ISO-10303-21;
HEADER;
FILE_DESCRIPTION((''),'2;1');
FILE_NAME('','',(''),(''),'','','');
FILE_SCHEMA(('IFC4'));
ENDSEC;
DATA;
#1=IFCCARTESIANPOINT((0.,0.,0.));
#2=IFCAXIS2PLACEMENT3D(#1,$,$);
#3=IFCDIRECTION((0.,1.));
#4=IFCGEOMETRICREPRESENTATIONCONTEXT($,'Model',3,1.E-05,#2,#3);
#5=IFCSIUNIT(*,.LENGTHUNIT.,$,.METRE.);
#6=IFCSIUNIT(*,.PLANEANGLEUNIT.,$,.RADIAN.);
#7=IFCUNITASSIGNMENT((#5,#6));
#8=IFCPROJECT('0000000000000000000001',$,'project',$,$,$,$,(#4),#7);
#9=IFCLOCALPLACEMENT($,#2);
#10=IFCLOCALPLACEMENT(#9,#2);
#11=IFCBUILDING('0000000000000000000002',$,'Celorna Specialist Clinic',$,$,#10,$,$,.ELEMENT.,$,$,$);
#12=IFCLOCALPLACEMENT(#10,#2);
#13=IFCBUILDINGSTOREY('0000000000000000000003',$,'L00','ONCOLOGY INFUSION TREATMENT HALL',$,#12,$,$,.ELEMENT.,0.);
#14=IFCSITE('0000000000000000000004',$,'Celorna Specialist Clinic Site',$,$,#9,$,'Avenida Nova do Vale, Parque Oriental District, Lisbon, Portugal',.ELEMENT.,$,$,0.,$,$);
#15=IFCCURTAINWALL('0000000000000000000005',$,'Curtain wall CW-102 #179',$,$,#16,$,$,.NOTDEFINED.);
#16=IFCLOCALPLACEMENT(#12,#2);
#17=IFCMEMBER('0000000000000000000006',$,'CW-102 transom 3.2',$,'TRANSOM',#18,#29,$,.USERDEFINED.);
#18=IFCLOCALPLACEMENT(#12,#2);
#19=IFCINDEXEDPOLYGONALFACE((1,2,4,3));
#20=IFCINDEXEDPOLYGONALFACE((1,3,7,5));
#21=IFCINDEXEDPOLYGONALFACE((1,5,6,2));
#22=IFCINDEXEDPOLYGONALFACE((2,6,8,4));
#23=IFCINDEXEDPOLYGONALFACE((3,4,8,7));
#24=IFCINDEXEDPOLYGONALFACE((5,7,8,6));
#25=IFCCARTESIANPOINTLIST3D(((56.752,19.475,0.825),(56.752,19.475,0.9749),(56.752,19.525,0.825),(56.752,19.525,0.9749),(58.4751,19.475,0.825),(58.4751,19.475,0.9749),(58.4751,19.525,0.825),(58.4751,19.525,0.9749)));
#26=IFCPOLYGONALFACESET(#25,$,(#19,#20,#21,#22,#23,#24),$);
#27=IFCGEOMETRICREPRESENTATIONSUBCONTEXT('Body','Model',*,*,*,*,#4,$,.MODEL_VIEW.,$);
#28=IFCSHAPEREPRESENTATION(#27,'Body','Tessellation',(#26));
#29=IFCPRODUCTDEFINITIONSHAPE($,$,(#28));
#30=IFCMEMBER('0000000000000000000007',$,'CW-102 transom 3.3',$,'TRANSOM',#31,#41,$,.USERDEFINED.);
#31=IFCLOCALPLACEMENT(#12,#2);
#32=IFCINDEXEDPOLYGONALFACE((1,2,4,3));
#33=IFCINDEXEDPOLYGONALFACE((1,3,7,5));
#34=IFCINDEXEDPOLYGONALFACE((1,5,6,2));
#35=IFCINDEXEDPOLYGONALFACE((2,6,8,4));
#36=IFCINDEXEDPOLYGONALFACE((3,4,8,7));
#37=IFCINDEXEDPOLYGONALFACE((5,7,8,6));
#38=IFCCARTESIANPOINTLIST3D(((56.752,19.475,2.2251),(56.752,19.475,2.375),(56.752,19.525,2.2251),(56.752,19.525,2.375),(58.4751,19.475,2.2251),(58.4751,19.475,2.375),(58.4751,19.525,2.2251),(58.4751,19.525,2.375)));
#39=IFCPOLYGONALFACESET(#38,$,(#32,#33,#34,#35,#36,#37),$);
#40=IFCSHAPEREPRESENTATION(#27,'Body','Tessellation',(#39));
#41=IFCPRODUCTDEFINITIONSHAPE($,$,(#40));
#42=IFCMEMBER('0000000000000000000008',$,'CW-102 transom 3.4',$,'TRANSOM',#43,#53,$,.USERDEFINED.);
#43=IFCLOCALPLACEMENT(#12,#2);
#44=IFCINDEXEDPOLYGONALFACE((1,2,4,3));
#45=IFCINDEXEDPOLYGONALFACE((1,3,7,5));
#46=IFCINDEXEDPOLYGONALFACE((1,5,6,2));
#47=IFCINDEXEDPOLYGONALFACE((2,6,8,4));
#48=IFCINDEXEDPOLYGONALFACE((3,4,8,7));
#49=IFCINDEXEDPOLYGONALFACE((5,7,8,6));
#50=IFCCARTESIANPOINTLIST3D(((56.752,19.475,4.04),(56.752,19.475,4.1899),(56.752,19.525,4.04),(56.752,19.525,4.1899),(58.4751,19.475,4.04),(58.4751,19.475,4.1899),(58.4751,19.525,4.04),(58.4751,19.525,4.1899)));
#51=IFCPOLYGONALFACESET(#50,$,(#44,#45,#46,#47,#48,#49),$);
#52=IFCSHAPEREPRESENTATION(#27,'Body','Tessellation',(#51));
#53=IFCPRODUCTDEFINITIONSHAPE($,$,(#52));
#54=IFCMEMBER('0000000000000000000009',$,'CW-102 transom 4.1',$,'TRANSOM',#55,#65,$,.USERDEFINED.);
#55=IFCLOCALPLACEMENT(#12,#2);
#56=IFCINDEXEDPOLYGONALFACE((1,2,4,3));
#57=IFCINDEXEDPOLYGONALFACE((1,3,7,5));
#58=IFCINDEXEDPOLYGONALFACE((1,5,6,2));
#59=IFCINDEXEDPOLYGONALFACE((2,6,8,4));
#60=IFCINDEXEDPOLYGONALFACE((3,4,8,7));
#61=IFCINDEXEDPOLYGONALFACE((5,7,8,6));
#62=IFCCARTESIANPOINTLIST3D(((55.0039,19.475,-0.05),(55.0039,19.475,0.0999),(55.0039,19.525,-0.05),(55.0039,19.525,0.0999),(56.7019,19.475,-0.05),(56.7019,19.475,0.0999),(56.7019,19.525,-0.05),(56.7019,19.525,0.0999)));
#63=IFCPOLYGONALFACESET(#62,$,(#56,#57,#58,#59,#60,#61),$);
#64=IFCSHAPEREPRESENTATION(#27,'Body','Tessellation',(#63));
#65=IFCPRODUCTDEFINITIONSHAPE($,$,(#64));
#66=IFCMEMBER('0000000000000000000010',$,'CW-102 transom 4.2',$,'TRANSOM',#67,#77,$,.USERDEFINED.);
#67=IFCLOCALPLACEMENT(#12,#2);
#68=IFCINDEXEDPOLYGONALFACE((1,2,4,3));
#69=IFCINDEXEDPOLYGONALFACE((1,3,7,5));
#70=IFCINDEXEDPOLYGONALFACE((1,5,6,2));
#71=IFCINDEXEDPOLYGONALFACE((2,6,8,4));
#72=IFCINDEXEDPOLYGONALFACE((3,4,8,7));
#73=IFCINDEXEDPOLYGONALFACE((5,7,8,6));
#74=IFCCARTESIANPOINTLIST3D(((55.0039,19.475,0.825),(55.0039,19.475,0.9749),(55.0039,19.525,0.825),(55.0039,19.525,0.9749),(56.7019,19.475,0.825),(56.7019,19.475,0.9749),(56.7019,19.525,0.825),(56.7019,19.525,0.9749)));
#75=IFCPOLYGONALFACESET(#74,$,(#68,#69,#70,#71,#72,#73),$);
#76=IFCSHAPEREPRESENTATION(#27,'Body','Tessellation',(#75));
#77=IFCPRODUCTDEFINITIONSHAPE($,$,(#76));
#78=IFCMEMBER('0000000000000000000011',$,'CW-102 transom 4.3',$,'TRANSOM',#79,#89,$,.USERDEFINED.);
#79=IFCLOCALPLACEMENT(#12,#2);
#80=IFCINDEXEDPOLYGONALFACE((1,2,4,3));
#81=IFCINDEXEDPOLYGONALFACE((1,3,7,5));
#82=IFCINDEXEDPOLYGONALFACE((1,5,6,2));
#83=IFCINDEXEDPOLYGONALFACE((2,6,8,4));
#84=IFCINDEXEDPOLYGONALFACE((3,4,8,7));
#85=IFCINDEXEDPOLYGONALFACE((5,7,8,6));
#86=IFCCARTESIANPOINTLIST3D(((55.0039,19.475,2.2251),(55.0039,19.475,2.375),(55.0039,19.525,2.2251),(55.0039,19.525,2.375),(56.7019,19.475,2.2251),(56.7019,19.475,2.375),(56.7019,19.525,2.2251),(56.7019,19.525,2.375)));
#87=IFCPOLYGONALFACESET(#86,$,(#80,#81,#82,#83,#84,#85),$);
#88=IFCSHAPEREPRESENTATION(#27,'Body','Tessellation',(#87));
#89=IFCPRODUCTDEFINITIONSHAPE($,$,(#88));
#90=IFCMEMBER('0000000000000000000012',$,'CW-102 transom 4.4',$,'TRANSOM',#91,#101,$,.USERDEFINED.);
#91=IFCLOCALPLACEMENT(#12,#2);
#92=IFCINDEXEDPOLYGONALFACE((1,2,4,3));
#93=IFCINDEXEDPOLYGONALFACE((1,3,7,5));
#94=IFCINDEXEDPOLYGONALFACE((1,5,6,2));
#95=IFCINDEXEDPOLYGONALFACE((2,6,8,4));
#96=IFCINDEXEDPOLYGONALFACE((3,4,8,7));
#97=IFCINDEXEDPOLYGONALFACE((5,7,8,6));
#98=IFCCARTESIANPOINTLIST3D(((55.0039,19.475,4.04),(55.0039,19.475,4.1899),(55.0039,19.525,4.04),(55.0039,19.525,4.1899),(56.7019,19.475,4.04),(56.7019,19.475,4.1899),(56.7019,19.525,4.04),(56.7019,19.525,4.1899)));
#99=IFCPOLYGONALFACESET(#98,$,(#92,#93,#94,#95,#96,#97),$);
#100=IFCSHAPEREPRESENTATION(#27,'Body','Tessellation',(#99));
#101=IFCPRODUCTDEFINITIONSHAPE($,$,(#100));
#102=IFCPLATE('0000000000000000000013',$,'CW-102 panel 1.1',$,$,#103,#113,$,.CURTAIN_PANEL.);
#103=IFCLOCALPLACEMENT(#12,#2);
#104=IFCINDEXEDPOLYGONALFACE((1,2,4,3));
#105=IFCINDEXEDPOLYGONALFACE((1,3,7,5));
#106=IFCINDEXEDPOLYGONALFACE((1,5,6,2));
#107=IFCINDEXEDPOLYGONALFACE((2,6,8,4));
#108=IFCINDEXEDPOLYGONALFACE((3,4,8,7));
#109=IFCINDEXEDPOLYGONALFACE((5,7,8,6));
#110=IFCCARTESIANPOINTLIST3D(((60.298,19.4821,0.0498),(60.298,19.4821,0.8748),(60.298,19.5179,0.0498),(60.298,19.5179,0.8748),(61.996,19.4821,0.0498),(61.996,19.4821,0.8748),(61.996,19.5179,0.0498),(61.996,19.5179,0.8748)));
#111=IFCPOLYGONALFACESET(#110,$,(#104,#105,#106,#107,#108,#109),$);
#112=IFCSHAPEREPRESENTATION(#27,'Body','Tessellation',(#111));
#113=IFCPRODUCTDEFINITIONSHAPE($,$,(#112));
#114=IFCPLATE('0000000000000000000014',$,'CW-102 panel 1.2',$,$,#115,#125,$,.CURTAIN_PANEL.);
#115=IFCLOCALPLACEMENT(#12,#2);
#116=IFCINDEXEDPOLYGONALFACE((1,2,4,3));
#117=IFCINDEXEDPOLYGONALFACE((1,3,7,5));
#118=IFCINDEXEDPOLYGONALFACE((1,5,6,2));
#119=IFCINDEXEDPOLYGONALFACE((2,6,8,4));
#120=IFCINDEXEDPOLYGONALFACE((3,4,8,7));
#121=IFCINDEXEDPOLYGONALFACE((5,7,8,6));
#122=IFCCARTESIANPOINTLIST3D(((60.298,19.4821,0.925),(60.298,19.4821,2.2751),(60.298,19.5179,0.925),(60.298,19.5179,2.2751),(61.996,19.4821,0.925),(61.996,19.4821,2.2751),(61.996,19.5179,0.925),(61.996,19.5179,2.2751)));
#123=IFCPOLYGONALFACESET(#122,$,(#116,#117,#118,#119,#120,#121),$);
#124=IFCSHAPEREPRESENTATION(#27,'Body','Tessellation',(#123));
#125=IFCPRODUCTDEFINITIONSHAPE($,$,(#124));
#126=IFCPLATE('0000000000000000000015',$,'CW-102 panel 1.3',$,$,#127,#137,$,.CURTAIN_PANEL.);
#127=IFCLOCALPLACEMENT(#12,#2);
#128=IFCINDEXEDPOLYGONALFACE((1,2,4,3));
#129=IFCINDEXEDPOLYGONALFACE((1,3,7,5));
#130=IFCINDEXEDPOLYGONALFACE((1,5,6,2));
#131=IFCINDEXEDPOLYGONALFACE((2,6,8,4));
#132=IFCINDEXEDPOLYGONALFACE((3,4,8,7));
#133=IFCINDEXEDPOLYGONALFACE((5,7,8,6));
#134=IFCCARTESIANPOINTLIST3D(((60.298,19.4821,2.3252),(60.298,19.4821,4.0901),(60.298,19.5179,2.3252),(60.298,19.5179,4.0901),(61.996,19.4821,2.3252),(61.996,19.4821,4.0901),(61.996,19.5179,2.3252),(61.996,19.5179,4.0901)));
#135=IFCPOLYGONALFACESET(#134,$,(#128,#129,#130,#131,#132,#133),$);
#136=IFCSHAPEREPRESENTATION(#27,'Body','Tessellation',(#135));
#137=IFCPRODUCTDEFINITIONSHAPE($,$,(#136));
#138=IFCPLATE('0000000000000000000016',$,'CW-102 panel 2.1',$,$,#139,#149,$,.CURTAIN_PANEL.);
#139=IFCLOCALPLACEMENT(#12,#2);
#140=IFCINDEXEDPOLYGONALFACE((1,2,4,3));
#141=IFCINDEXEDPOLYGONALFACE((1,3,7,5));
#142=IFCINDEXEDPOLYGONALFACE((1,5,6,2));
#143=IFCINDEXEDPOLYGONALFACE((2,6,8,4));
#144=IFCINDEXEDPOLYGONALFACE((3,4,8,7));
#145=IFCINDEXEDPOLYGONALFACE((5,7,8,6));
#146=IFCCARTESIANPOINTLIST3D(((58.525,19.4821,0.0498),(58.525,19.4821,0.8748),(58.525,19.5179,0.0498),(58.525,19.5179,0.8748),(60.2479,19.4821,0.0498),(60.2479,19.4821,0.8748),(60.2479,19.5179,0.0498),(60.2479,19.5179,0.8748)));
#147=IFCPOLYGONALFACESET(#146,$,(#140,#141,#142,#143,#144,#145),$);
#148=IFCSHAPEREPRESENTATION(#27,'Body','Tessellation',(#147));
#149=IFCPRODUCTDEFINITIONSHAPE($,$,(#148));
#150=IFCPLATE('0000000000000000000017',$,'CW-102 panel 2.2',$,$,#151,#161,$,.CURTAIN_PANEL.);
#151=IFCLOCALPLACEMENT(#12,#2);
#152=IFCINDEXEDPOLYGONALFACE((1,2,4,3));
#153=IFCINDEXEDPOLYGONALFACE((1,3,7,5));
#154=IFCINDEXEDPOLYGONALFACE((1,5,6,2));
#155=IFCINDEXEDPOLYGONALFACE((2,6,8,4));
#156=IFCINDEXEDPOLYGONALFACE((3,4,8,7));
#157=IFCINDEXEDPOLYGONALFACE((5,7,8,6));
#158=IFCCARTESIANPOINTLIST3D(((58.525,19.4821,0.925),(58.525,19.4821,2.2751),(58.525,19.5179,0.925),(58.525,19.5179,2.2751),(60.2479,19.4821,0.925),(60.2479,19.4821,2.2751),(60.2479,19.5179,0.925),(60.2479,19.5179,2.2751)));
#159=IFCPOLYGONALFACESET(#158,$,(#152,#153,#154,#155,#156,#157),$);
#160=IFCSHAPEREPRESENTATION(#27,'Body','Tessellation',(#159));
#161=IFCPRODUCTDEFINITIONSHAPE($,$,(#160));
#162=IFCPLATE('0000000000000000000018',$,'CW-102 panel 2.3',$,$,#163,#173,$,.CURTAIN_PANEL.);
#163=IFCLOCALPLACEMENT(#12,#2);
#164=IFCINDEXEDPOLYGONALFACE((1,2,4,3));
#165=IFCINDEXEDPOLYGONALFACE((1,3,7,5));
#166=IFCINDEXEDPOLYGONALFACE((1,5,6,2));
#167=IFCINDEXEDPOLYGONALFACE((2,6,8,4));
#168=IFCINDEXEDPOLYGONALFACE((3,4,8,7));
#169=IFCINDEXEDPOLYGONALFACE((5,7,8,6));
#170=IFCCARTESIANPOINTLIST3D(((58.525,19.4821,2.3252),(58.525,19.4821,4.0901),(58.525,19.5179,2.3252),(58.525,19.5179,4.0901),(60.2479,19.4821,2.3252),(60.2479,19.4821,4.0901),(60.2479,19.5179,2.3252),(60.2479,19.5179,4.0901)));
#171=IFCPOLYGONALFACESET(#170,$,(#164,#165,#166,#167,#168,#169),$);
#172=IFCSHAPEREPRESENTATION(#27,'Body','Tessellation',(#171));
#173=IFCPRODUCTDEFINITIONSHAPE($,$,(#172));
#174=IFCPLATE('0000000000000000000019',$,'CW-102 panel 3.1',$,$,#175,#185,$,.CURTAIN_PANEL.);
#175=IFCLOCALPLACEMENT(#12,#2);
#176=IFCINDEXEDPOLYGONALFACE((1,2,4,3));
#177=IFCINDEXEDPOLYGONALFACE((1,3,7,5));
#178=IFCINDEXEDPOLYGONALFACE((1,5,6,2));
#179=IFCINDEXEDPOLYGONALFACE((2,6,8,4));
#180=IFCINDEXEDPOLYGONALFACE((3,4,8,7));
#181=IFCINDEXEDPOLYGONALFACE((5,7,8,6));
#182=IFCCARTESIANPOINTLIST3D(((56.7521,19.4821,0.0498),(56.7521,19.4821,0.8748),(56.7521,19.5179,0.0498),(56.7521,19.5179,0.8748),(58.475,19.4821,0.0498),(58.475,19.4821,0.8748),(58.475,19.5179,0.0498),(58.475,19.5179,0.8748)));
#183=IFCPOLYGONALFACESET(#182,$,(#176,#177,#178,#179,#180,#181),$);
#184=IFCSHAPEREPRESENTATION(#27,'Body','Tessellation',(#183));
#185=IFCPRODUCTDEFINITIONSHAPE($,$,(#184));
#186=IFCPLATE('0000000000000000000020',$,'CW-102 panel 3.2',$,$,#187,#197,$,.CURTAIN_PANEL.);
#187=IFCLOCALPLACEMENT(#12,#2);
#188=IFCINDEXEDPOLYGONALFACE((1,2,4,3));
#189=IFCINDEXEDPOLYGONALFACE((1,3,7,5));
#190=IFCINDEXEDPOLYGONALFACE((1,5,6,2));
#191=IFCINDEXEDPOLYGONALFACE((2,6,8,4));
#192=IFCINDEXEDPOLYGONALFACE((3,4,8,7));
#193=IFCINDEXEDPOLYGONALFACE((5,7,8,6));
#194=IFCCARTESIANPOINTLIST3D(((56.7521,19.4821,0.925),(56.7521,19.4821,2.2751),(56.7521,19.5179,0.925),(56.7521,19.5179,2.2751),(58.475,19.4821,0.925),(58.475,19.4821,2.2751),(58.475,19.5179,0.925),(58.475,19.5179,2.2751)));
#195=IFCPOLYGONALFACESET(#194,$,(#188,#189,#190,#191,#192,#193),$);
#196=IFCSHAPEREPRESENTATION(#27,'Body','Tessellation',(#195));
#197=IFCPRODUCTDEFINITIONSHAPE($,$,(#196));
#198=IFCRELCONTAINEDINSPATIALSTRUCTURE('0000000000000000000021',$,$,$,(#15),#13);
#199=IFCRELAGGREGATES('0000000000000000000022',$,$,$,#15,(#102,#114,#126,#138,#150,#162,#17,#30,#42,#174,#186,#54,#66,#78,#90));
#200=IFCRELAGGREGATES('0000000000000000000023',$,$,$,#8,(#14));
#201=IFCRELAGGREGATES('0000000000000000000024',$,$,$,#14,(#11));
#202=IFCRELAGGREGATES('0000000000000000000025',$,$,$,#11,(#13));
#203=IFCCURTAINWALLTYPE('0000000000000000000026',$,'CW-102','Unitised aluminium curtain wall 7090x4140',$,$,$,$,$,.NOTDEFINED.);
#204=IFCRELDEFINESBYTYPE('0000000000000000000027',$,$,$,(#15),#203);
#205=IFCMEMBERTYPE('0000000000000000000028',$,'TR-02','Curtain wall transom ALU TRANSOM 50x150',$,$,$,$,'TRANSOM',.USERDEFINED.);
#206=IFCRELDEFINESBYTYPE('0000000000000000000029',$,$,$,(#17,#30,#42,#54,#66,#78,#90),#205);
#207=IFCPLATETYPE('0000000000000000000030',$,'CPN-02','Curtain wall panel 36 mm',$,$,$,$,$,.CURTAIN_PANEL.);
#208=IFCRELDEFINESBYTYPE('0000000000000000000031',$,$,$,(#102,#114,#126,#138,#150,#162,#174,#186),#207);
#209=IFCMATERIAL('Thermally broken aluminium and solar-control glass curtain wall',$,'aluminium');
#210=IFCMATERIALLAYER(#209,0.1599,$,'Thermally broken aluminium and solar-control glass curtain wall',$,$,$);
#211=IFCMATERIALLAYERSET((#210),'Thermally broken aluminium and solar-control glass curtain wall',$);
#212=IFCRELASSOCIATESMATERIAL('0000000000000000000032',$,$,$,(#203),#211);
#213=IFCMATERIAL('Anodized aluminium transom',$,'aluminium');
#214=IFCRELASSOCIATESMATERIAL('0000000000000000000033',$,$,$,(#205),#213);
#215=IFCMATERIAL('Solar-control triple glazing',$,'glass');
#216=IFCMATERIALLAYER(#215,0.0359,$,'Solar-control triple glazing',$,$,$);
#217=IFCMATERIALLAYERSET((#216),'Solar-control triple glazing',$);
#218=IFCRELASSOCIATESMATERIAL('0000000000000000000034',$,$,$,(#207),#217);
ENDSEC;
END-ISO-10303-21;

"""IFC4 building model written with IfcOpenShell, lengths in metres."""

from ifc_helpers import new_model, si_unit, direction, frame, origin, origin_2d, place, context, subcontext, project, spatial, rectangle, extrude, material, layer, layer_set, material_profile, profile_set, type_object, element, aggregate, save


model = new_model("IFC4")

# Units and contexts
model_context = context("Model", 3, precision=1e-05, world=origin(), true_north=direction((0.0, 1.0)))
body_context = subcontext(model_context, "Body", "Model", "MODEL_VIEW")
ifc_project = project(units=[si_unit("LENGTHUNIT", "METRE"), si_unit("PLANEANGLEUNIT", "RADIAN")], contexts=[model_context])

# Site, building, storey
site_placement = place(None, origin())
site = spatial("IfcSite", under=ifc_project, at=site_placement, Name="Celorna Specialist Clinic Site", LongName="Avenida Nova do Vale, Parque Oriental District, Lisbon, Portugal", CompositionType="ELEMENT", RefElevation=0.0)
building_placement = place(site_placement, origin())
building = spatial("IfcBuilding", under=site, at=building_placement, Name="Celorna Specialist Clinic", CompositionType="ELEMENT")
storey_placement = place(building_placement, origin())
storey = spatial("IfcBuildingStorey", under=building, at=storey_placement, Name="L00", Description="ONCOLOGY INFUSION TREATMENT HALL", CompositionType="ELEMENT", Elevation=0.0)

# Curtain wall, members, plates
ifc_material_1 = material(Name="Thermally broken aluminium and solar-control glass curtain wall", Category="aluminium")
ifc_layer_1 = layer(ifc_material_1, 0.1599, Name="Thermally broken aluminium and solar-control glass curtain wall")
ifc_layer_set_1 = layer_set([ifc_layer_1], Name="Thermally broken aluminium and solar-control glass curtain wall")
curtain_wall_type = type_object("IfcCurtainWallType", Name="CW-102", Description="Unitised aluminium curtain wall 7090x4140", PredefinedType="NOTDEFINED", material=ifc_layer_set_1)
curtain_wall_placement = place(storey_placement, origin())
curtain_wall = element("IfcCurtainWall", 1, at=curtain_wall_placement, inside=storey, type_object=curtain_wall_type, Name="Curtain wall CW-102 #179", PredefinedType="NOTDEFINED")
ifc_material_2 = material(Name="Anodized aluminium transom", Category="aluminium")
ifc_material_profile_1 = material_profile(ifc_material_2, rectangle(XDim=0.05, YDim=0.1499, at=origin_2d()), Name="ALU TRANSOM 50x150")
ifc_profile_set_1 = profile_set([ifc_material_profile_1], Name="Anodized aluminium transom")
member_type_1 = type_object("IfcMemberType", Name="TR-02", Description="Curtain wall transom ALU TRANSOM 50x150", ElementType="TRANSOM", PredefinedType="USERDEFINED", material=ifc_profile_set_1)
member_1_placement = place(storey_placement, frame((58.4751, 19.5, 0.8999), z_axis=(-1.0, 0.0, 0.0), x_axis=(0.0, -1.0, 0.0)))
member_1 = element("IfcMember", 2, at=member_1_placement, type_object=member_type_1, Name="CW-102 transom 3.2", ObjectType="TRANSOM", PredefinedType="USERDEFINED", context=body_context, shape_type="SweptSolid", body=[
    extrude(rectangle(XDim=0.05, YDim=0.1499, at=origin_2d()), origin(), (0.0, 0.0, 1.0), 1.7231),
])
member_2_placement = place(storey_placement, frame((58.4751, 19.5, 2.3), z_axis=(-1.0, 0.0, 0.0), x_axis=(0.0, -1.0, 0.0)))
member_2 = element("IfcMember", 3, at=member_2_placement, type_object=member_type_1, Name="CW-102 transom 3.3", ObjectType="TRANSOM", PredefinedType="USERDEFINED", context=body_context, shape_type="SweptSolid", body=[
    extrude(rectangle(XDim=0.05, YDim=0.1499, at=origin_2d()), origin(), (0.0, 0.0, 1.0), 1.7231),
])
member_3_placement = place(storey_placement, frame((58.4751, 19.5, 4.115), z_axis=(-1.0, 0.0, 0.0), x_axis=(0.0, -1.0, 0.0)))
member_3 = element("IfcMember", 4, at=member_3_placement, type_object=member_type_1, Name="CW-102 transom 3.4", ObjectType="TRANSOM", PredefinedType="USERDEFINED", context=body_context, shape_type="SweptSolid", body=[
    extrude(rectangle(XDim=0.05, YDim=0.1499, at=origin_2d()), origin(), (0.0, 0.0, 1.0), 1.7231),
])
member_4_placement = place(storey_placement, frame((56.7019, 19.5, 0.0249), z_axis=(-1.0, 0.0, 0.0), x_axis=(0.0, -1.0, 0.0)))
member_4 = element("IfcMember", 5, at=member_4_placement, type_object=member_type_1, Name="CW-102 transom 4.1", ObjectType="TRANSOM", PredefinedType="USERDEFINED", context=body_context, shape_type="SweptSolid", body=[
    extrude(rectangle(XDim=0.05, YDim=0.1499, at=origin_2d()), origin(), (0.0, 0.0, 1.0), 1.698),
])
member_5_placement = place(storey_placement, frame((56.7019, 19.5, 0.8999), z_axis=(-1.0, 0.0, 0.0), x_axis=(0.0, -1.0, 0.0)))
member_5 = element("IfcMember", 6, at=member_5_placement, type_object=member_type_1, Name="CW-102 transom 4.2", ObjectType="TRANSOM", PredefinedType="USERDEFINED", context=body_context, shape_type="SweptSolid", body=[
    extrude(rectangle(XDim=0.05, YDim=0.1499, at=origin_2d()), origin(), (0.0, 0.0, 1.0), 1.698),
])
member_6_placement = place(storey_placement, frame((56.7019, 19.5, 2.3), z_axis=(-1.0, 0.0, 0.0), x_axis=(0.0, -1.0, 0.0)))
member_6 = element("IfcMember", 7, at=member_6_placement, type_object=member_type_1, Name="CW-102 transom 4.3", ObjectType="TRANSOM", PredefinedType="USERDEFINED", context=body_context, shape_type="SweptSolid", body=[
    extrude(rectangle(XDim=0.05, YDim=0.1499, at=origin_2d()), origin(), (0.0, 0.0, 1.0), 1.698),
])
member_7_placement = place(storey_placement, frame((56.7019, 19.5, 4.115), z_axis=(-1.0, 0.0, 0.0), x_axis=(0.0, -1.0, 0.0)))
member_7 = element("IfcMember", 8, at=member_7_placement, type_object=member_type_1, Name="CW-102 transom 4.4", ObjectType="TRANSOM", PredefinedType="USERDEFINED", context=body_context, shape_type="SweptSolid", body=[
    extrude(rectangle(XDim=0.05, YDim=0.1499, at=origin_2d()), origin(), (0.0, 0.0, 1.0), 1.698),
])
ifc_material_3 = material(Name="Solar-control triple glazing", Category="glass")
ifc_layer_2 = layer(ifc_material_3, 0.0359, Name="Solar-control triple glazing")
ifc_layer_set_2 = layer_set([ifc_layer_2], Name="Solar-control triple glazing")
plate_type = type_object("IfcPlateType", Name="CPN-02", Description="Curtain wall panel 36 mm", PredefinedType="CURTAIN_PANEL", material=ifc_layer_set_2)
plate_1_placement = place(storey_placement, frame((61.147, 19.5, 0.0498), z_axis=(0.0, 0.0, 1.0), x_axis=(-1.0, 0.0, 0.0)))
plate_1 = element("IfcPlate", 9, at=plate_1_placement, type_object=plate_type, Name="CW-102 panel 1.1", PredefinedType="CURTAIN_PANEL", context=body_context, shape_type="SweptSolid", body=[
    extrude(rectangle(XDim=1.698, YDim=0.0359, at=origin_2d()), origin(), (0.0, 0.0, 1.0), 0.825),
])
plate_2_placement = place(storey_placement, frame((61.147, 19.5, 0.925), z_axis=(0.0, 0.0, 1.0), x_axis=(-1.0, 0.0, 0.0)))
plate_2 = element("IfcPlate", 10, at=plate_2_placement, type_object=plate_type, Name="CW-102 panel 1.2", PredefinedType="CURTAIN_PANEL", context=body_context, shape_type="SweptSolid", body=[
    extrude(rectangle(XDim=1.698, YDim=0.0359, at=origin_2d()), origin(), (0.0, 0.0, 1.0), 1.3501),
])
plate_3_placement = place(storey_placement, frame((61.147, 19.5, 2.3252), z_axis=(0.0, 0.0, 1.0), x_axis=(-1.0, 0.0, 0.0)))
plate_3 = element("IfcPlate", 11, at=plate_3_placement, type_object=plate_type, Name="CW-102 panel 1.3", PredefinedType="CURTAIN_PANEL", context=body_context, shape_type="SweptSolid", body=[
    extrude(rectangle(XDim=1.698, YDim=0.0359, at=origin_2d()), origin(), (0.0, 0.0, 1.0), 1.7649),
])
plate_4_placement = place(storey_placement, frame((59.3865, 19.5, 0.0498), z_axis=(0.0, 0.0, 1.0), x_axis=(-1.0, 0.0, 0.0)))
plate_4 = element("IfcPlate", 12, at=plate_4_placement, type_object=plate_type, Name="CW-102 panel 2.1", PredefinedType="CURTAIN_PANEL", context=body_context, shape_type="SweptSolid", body=[
    extrude(rectangle(XDim=1.7229, YDim=0.0359, at=origin_2d()), origin(), (0.0, 0.0, 1.0), 0.825),
])
plate_5_placement = place(storey_placement, frame((59.3865, 19.5, 0.925), z_axis=(0.0, 0.0, 1.0), x_axis=(-1.0, 0.0, 0.0)))
plate_5 = element("IfcPlate", 13, at=plate_5_placement, type_object=plate_type, Name="CW-102 panel 2.2", PredefinedType="CURTAIN_PANEL", context=body_context, shape_type="SweptSolid", body=[
    extrude(rectangle(XDim=1.7229, YDim=0.0359, at=origin_2d()), origin(), (0.0, 0.0, 1.0), 1.3501),
])
plate_6_placement = place(storey_placement, frame((59.3865, 19.5, 2.3252), z_axis=(0.0, 0.0, 1.0), x_axis=(-1.0, 0.0, 0.0)))
plate_6 = element("IfcPlate", 14, at=plate_6_placement, type_object=plate_type, Name="CW-102 panel 2.3", PredefinedType="CURTAIN_PANEL", context=body_context, shape_type="SweptSolid", body=[
    extrude(rectangle(XDim=1.7229, YDim=0.0359, at=origin_2d()), origin(), (0.0, 0.0, 1.0), 1.7649),
])
plate_7_placement = place(storey_placement, frame((57.6135, 19.5, 0.0498), z_axis=(0.0, 0.0, 1.0), x_axis=(-1.0, 0.0, 0.0)))
plate_7 = element("IfcPlate", 15, at=plate_7_placement, type_object=plate_type, Name="CW-102 panel 3.1", PredefinedType="CURTAIN_PANEL", context=body_context, shape_type="SweptSolid", body=[
    extrude(rectangle(XDim=1.7229, YDim=0.0359, at=origin_2d()), origin(), (0.0, 0.0, 1.0), 0.825),
])
plate_8_placement = place(storey_placement, frame((57.6135, 19.5, 0.925), z_axis=(0.0, 0.0, 1.0), x_axis=(-1.0, 0.0, 0.0)))
plate_8 = element("IfcPlate", 16, at=plate_8_placement, type_object=plate_type, Name="CW-102 panel 3.2", PredefinedType="CURTAIN_PANEL", context=body_context, shape_type="SweptSolid", body=[
    extrude(rectangle(XDim=1.7229, YDim=0.0359, at=origin_2d()), origin(), (0.0, 0.0, 1.0), 1.3501),
])
aggregate(curtain_wall, [plate_1, plate_2, plate_3, plate_4, plate_5, plate_6, member_1, member_2, member_3, plate_7, plate_8, member_4, member_5, member_6, member_7])

save(model, "model.ifc")
